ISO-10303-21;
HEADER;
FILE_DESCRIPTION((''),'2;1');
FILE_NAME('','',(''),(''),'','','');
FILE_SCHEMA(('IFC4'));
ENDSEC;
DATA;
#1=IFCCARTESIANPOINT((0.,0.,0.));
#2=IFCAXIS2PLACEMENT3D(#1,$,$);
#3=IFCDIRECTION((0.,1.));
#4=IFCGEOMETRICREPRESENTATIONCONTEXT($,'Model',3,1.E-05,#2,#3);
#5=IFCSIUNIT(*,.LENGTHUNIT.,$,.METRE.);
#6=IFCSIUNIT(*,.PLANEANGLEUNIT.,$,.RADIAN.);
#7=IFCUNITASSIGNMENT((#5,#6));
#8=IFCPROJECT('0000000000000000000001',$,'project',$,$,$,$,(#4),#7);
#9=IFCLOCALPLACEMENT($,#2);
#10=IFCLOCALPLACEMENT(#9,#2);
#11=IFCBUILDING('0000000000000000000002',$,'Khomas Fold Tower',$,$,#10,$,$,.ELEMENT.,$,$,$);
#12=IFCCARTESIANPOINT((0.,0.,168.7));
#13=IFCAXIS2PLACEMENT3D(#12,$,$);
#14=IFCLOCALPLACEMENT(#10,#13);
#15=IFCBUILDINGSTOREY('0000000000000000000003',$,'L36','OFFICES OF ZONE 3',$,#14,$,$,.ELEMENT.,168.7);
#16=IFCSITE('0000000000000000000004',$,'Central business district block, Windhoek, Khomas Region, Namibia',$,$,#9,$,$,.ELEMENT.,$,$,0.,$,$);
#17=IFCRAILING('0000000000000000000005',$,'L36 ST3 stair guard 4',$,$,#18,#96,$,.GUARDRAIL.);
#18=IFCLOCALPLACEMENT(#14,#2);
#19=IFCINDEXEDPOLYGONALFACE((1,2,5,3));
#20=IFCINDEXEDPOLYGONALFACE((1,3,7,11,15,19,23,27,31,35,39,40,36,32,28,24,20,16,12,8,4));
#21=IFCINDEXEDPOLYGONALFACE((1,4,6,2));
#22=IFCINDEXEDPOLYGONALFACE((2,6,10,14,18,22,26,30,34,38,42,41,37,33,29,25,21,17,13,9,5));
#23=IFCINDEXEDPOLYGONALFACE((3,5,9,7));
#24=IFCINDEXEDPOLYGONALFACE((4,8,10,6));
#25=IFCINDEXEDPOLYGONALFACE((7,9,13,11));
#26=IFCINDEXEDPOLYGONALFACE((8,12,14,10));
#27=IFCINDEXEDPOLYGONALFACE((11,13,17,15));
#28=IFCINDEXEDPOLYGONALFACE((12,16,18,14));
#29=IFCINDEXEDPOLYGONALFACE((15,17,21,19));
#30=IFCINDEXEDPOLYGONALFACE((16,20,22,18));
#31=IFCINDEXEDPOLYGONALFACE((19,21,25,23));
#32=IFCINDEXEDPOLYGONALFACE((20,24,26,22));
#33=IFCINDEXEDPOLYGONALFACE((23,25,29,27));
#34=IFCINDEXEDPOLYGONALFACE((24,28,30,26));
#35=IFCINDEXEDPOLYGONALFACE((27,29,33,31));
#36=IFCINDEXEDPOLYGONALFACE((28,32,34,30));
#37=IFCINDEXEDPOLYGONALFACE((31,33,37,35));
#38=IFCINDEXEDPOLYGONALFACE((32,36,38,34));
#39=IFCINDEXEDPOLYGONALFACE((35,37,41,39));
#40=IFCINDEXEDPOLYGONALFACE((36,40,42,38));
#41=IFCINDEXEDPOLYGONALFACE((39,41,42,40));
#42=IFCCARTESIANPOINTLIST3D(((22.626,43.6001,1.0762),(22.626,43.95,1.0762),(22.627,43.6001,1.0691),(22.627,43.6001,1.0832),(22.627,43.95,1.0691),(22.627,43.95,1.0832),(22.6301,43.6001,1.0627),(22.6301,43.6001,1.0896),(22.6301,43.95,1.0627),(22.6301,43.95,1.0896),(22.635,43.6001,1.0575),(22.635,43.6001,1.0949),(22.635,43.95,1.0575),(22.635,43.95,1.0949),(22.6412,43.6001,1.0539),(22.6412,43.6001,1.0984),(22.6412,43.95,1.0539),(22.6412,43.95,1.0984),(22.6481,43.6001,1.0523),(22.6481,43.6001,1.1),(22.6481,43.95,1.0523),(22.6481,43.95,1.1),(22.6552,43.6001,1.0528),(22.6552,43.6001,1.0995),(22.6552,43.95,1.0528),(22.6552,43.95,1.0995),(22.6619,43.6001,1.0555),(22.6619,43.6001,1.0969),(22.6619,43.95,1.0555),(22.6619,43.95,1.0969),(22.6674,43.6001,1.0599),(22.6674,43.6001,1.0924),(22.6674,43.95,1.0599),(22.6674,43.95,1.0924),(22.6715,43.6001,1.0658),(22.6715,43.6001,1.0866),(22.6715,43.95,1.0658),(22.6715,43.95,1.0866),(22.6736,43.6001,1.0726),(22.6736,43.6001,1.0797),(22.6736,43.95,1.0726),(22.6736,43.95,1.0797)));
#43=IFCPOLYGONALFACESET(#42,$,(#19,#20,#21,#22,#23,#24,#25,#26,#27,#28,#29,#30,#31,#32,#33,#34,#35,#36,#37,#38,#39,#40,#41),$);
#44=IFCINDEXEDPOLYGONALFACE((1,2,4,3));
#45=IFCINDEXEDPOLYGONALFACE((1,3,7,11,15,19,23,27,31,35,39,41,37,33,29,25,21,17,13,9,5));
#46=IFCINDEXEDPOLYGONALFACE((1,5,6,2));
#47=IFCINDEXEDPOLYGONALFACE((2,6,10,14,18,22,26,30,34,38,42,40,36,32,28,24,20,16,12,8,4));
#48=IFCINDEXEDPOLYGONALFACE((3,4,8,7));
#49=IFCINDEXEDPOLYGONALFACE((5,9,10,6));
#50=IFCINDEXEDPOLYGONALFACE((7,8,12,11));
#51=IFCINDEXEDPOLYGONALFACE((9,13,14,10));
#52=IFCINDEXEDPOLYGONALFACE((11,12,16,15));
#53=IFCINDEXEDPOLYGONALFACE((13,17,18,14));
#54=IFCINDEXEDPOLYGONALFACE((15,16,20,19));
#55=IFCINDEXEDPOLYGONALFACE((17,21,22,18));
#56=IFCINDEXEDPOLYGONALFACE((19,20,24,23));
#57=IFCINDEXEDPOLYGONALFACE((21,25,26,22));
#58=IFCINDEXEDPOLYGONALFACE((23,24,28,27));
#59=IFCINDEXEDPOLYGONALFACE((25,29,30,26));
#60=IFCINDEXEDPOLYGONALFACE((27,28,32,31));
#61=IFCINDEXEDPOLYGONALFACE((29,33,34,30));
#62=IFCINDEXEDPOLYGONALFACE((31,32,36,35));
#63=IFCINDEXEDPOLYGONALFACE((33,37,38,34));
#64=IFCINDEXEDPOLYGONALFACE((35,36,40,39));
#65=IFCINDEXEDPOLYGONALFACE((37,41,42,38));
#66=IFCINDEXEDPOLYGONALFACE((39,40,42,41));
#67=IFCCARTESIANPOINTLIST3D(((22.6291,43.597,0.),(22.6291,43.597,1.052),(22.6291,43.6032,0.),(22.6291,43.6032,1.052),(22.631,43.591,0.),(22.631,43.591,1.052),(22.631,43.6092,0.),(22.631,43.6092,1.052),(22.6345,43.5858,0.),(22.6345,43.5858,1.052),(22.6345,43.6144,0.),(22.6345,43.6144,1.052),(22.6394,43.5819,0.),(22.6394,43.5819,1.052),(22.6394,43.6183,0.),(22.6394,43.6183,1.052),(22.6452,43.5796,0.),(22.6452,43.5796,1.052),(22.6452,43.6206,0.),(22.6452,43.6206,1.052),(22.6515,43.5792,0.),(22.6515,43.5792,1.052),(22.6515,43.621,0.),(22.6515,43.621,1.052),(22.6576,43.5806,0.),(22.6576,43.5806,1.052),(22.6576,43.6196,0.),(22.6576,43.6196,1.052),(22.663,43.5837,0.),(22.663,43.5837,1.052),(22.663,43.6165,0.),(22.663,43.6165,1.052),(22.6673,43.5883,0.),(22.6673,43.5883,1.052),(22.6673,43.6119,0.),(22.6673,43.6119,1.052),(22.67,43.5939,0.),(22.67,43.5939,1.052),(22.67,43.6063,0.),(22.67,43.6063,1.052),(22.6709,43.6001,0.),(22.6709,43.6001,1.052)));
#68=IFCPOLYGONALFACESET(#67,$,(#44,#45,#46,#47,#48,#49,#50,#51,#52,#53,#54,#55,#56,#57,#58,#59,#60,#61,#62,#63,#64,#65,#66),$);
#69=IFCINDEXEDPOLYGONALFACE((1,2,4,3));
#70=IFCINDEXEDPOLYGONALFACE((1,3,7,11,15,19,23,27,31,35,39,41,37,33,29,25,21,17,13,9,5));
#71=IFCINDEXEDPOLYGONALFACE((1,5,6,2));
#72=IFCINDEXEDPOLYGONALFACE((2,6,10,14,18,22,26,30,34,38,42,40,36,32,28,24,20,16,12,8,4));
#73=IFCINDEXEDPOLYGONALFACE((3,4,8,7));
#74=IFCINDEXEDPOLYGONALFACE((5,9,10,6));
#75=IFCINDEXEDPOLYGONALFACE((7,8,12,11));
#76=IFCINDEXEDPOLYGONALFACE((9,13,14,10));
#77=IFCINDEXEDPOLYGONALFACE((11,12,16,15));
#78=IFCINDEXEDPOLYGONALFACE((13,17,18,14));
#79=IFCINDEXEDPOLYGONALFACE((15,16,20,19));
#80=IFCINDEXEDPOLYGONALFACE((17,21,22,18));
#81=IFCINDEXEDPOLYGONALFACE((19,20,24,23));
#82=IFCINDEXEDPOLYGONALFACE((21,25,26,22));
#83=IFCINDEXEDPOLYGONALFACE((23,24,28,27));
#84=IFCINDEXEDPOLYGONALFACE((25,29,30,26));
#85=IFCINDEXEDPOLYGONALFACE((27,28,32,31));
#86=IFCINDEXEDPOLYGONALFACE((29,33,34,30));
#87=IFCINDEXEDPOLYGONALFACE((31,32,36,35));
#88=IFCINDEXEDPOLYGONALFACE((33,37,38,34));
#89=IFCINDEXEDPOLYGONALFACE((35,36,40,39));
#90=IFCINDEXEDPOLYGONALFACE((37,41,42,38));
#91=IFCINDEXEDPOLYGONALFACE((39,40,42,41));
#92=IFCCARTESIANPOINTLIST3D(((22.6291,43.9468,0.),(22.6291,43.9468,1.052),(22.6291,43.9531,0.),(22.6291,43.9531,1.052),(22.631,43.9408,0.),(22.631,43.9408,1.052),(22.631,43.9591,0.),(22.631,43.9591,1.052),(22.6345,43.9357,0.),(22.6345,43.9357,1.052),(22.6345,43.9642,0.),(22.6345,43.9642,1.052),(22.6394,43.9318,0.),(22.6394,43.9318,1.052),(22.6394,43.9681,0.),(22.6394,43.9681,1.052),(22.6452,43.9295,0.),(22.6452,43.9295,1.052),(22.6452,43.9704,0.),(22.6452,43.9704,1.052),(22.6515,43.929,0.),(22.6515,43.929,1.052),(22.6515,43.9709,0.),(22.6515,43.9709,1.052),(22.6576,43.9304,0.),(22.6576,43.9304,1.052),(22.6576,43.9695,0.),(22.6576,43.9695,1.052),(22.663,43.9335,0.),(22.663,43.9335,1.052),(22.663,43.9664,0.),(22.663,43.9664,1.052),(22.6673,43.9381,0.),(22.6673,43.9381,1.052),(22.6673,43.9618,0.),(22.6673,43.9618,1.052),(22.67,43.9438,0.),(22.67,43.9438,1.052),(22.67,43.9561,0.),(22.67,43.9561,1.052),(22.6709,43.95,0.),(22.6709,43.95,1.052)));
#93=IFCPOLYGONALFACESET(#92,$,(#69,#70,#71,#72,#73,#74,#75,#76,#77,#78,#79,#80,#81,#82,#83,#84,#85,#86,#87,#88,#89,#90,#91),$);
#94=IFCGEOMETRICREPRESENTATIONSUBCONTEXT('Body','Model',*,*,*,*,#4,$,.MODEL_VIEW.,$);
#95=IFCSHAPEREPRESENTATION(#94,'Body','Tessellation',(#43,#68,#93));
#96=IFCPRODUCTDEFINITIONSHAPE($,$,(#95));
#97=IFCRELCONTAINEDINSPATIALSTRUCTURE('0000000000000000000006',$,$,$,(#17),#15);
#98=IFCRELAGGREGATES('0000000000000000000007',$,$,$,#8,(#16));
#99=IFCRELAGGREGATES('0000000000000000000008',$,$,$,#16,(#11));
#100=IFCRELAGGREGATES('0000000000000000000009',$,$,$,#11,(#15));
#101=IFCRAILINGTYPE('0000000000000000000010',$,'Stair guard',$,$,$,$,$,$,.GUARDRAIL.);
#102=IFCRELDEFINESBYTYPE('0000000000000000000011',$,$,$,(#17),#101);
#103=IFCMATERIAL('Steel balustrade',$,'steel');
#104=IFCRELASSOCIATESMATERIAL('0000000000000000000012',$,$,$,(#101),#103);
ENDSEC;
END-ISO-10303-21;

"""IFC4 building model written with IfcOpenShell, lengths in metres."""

from ifc_helpers import new_model, si_unit, direction, frame, origin, origin_2d, place, context, subcontext, project, spatial, circle, extrude, source, transform, mapped, material, type_object, element, save


model = new_model("IFC4")

# Units and contexts
model_context = context("Model", 3, precision=1e-05, world=origin(), true_north=direction((0.0, 1.0)))
body_context = subcontext(model_context, "Body", "Model", "MODEL_VIEW")
ifc_project = project(units=[si_unit("LENGTHUNIT", "METRE"), si_unit("PLANEANGLEUNIT", "RADIAN")], contexts=[model_context])

# Site, building, storey
site_placement = place(None, origin())
site = spatial("IfcSite", under=ifc_project, at=site_placement, Name="Central business district block, Windhoek, Khomas Region, Namibia", CompositionType="ELEMENT", RefElevation=0.0)
building_placement = place(site_placement, origin())
building = spatial("IfcBuilding", under=site, at=building_placement, Name="Khomas Fold Tower", CompositionType="ELEMENT")
storey_placement = place(building_placement, frame((0.0, 0.0, 168.7)))
storey = spatial("IfcBuildingStorey", under=building, at=storey_placement, Name="L36", Description="OFFICES OF ZONE 3", CompositionType="ELEMENT", Elevation=168.7)

# Railing
ifc_material_1 = material(Name="Steel balustrade", Category="steel")
railing_type_1 = type_object("IfcRailingType", Name="Stair guard", PredefinedType="GUARDRAIL", material=ifc_material_1)
shared_shape_1 = source(origin(), body_context, "Body", "SweptSolid", [
    extrude(circle(Radius=0.0239, at=origin_2d()), frame((0.0, 0.0, 1.0762), z_axis=(0.0, 1.0, 0.0), x_axis=(-1.0, 0.0, 0.0)), (0.0, 0.0, 1.0), 0.3499),
    extrude(circle(Radius=0.021, at=origin_2d()), origin(), (0.0, 0.0, 1.0), 1.052),
    extrude(circle(Radius=0.021, at=origin_2d()), frame((0.0, 0.3499, 0.0)), (0.0, 0.0, 1.0), 1.052),
])
for number, where, name in (
    (1, (22.6499, 43.6001, 0.0), "L36 ST3 stair guard 4"),
):
    element("IfcRailing", number, at=place(storey_placement, frame(where)), inside=storey, type_object=railing_type_1, Name=name, PredefinedType="GUARDRAIL", context=body_context, shape_type="MappedRepresentation", body=[
        mapped(shared_shape_1, transform((0.0, 0.0, 0.0))),
    ])

save(model, "model.ifc")
